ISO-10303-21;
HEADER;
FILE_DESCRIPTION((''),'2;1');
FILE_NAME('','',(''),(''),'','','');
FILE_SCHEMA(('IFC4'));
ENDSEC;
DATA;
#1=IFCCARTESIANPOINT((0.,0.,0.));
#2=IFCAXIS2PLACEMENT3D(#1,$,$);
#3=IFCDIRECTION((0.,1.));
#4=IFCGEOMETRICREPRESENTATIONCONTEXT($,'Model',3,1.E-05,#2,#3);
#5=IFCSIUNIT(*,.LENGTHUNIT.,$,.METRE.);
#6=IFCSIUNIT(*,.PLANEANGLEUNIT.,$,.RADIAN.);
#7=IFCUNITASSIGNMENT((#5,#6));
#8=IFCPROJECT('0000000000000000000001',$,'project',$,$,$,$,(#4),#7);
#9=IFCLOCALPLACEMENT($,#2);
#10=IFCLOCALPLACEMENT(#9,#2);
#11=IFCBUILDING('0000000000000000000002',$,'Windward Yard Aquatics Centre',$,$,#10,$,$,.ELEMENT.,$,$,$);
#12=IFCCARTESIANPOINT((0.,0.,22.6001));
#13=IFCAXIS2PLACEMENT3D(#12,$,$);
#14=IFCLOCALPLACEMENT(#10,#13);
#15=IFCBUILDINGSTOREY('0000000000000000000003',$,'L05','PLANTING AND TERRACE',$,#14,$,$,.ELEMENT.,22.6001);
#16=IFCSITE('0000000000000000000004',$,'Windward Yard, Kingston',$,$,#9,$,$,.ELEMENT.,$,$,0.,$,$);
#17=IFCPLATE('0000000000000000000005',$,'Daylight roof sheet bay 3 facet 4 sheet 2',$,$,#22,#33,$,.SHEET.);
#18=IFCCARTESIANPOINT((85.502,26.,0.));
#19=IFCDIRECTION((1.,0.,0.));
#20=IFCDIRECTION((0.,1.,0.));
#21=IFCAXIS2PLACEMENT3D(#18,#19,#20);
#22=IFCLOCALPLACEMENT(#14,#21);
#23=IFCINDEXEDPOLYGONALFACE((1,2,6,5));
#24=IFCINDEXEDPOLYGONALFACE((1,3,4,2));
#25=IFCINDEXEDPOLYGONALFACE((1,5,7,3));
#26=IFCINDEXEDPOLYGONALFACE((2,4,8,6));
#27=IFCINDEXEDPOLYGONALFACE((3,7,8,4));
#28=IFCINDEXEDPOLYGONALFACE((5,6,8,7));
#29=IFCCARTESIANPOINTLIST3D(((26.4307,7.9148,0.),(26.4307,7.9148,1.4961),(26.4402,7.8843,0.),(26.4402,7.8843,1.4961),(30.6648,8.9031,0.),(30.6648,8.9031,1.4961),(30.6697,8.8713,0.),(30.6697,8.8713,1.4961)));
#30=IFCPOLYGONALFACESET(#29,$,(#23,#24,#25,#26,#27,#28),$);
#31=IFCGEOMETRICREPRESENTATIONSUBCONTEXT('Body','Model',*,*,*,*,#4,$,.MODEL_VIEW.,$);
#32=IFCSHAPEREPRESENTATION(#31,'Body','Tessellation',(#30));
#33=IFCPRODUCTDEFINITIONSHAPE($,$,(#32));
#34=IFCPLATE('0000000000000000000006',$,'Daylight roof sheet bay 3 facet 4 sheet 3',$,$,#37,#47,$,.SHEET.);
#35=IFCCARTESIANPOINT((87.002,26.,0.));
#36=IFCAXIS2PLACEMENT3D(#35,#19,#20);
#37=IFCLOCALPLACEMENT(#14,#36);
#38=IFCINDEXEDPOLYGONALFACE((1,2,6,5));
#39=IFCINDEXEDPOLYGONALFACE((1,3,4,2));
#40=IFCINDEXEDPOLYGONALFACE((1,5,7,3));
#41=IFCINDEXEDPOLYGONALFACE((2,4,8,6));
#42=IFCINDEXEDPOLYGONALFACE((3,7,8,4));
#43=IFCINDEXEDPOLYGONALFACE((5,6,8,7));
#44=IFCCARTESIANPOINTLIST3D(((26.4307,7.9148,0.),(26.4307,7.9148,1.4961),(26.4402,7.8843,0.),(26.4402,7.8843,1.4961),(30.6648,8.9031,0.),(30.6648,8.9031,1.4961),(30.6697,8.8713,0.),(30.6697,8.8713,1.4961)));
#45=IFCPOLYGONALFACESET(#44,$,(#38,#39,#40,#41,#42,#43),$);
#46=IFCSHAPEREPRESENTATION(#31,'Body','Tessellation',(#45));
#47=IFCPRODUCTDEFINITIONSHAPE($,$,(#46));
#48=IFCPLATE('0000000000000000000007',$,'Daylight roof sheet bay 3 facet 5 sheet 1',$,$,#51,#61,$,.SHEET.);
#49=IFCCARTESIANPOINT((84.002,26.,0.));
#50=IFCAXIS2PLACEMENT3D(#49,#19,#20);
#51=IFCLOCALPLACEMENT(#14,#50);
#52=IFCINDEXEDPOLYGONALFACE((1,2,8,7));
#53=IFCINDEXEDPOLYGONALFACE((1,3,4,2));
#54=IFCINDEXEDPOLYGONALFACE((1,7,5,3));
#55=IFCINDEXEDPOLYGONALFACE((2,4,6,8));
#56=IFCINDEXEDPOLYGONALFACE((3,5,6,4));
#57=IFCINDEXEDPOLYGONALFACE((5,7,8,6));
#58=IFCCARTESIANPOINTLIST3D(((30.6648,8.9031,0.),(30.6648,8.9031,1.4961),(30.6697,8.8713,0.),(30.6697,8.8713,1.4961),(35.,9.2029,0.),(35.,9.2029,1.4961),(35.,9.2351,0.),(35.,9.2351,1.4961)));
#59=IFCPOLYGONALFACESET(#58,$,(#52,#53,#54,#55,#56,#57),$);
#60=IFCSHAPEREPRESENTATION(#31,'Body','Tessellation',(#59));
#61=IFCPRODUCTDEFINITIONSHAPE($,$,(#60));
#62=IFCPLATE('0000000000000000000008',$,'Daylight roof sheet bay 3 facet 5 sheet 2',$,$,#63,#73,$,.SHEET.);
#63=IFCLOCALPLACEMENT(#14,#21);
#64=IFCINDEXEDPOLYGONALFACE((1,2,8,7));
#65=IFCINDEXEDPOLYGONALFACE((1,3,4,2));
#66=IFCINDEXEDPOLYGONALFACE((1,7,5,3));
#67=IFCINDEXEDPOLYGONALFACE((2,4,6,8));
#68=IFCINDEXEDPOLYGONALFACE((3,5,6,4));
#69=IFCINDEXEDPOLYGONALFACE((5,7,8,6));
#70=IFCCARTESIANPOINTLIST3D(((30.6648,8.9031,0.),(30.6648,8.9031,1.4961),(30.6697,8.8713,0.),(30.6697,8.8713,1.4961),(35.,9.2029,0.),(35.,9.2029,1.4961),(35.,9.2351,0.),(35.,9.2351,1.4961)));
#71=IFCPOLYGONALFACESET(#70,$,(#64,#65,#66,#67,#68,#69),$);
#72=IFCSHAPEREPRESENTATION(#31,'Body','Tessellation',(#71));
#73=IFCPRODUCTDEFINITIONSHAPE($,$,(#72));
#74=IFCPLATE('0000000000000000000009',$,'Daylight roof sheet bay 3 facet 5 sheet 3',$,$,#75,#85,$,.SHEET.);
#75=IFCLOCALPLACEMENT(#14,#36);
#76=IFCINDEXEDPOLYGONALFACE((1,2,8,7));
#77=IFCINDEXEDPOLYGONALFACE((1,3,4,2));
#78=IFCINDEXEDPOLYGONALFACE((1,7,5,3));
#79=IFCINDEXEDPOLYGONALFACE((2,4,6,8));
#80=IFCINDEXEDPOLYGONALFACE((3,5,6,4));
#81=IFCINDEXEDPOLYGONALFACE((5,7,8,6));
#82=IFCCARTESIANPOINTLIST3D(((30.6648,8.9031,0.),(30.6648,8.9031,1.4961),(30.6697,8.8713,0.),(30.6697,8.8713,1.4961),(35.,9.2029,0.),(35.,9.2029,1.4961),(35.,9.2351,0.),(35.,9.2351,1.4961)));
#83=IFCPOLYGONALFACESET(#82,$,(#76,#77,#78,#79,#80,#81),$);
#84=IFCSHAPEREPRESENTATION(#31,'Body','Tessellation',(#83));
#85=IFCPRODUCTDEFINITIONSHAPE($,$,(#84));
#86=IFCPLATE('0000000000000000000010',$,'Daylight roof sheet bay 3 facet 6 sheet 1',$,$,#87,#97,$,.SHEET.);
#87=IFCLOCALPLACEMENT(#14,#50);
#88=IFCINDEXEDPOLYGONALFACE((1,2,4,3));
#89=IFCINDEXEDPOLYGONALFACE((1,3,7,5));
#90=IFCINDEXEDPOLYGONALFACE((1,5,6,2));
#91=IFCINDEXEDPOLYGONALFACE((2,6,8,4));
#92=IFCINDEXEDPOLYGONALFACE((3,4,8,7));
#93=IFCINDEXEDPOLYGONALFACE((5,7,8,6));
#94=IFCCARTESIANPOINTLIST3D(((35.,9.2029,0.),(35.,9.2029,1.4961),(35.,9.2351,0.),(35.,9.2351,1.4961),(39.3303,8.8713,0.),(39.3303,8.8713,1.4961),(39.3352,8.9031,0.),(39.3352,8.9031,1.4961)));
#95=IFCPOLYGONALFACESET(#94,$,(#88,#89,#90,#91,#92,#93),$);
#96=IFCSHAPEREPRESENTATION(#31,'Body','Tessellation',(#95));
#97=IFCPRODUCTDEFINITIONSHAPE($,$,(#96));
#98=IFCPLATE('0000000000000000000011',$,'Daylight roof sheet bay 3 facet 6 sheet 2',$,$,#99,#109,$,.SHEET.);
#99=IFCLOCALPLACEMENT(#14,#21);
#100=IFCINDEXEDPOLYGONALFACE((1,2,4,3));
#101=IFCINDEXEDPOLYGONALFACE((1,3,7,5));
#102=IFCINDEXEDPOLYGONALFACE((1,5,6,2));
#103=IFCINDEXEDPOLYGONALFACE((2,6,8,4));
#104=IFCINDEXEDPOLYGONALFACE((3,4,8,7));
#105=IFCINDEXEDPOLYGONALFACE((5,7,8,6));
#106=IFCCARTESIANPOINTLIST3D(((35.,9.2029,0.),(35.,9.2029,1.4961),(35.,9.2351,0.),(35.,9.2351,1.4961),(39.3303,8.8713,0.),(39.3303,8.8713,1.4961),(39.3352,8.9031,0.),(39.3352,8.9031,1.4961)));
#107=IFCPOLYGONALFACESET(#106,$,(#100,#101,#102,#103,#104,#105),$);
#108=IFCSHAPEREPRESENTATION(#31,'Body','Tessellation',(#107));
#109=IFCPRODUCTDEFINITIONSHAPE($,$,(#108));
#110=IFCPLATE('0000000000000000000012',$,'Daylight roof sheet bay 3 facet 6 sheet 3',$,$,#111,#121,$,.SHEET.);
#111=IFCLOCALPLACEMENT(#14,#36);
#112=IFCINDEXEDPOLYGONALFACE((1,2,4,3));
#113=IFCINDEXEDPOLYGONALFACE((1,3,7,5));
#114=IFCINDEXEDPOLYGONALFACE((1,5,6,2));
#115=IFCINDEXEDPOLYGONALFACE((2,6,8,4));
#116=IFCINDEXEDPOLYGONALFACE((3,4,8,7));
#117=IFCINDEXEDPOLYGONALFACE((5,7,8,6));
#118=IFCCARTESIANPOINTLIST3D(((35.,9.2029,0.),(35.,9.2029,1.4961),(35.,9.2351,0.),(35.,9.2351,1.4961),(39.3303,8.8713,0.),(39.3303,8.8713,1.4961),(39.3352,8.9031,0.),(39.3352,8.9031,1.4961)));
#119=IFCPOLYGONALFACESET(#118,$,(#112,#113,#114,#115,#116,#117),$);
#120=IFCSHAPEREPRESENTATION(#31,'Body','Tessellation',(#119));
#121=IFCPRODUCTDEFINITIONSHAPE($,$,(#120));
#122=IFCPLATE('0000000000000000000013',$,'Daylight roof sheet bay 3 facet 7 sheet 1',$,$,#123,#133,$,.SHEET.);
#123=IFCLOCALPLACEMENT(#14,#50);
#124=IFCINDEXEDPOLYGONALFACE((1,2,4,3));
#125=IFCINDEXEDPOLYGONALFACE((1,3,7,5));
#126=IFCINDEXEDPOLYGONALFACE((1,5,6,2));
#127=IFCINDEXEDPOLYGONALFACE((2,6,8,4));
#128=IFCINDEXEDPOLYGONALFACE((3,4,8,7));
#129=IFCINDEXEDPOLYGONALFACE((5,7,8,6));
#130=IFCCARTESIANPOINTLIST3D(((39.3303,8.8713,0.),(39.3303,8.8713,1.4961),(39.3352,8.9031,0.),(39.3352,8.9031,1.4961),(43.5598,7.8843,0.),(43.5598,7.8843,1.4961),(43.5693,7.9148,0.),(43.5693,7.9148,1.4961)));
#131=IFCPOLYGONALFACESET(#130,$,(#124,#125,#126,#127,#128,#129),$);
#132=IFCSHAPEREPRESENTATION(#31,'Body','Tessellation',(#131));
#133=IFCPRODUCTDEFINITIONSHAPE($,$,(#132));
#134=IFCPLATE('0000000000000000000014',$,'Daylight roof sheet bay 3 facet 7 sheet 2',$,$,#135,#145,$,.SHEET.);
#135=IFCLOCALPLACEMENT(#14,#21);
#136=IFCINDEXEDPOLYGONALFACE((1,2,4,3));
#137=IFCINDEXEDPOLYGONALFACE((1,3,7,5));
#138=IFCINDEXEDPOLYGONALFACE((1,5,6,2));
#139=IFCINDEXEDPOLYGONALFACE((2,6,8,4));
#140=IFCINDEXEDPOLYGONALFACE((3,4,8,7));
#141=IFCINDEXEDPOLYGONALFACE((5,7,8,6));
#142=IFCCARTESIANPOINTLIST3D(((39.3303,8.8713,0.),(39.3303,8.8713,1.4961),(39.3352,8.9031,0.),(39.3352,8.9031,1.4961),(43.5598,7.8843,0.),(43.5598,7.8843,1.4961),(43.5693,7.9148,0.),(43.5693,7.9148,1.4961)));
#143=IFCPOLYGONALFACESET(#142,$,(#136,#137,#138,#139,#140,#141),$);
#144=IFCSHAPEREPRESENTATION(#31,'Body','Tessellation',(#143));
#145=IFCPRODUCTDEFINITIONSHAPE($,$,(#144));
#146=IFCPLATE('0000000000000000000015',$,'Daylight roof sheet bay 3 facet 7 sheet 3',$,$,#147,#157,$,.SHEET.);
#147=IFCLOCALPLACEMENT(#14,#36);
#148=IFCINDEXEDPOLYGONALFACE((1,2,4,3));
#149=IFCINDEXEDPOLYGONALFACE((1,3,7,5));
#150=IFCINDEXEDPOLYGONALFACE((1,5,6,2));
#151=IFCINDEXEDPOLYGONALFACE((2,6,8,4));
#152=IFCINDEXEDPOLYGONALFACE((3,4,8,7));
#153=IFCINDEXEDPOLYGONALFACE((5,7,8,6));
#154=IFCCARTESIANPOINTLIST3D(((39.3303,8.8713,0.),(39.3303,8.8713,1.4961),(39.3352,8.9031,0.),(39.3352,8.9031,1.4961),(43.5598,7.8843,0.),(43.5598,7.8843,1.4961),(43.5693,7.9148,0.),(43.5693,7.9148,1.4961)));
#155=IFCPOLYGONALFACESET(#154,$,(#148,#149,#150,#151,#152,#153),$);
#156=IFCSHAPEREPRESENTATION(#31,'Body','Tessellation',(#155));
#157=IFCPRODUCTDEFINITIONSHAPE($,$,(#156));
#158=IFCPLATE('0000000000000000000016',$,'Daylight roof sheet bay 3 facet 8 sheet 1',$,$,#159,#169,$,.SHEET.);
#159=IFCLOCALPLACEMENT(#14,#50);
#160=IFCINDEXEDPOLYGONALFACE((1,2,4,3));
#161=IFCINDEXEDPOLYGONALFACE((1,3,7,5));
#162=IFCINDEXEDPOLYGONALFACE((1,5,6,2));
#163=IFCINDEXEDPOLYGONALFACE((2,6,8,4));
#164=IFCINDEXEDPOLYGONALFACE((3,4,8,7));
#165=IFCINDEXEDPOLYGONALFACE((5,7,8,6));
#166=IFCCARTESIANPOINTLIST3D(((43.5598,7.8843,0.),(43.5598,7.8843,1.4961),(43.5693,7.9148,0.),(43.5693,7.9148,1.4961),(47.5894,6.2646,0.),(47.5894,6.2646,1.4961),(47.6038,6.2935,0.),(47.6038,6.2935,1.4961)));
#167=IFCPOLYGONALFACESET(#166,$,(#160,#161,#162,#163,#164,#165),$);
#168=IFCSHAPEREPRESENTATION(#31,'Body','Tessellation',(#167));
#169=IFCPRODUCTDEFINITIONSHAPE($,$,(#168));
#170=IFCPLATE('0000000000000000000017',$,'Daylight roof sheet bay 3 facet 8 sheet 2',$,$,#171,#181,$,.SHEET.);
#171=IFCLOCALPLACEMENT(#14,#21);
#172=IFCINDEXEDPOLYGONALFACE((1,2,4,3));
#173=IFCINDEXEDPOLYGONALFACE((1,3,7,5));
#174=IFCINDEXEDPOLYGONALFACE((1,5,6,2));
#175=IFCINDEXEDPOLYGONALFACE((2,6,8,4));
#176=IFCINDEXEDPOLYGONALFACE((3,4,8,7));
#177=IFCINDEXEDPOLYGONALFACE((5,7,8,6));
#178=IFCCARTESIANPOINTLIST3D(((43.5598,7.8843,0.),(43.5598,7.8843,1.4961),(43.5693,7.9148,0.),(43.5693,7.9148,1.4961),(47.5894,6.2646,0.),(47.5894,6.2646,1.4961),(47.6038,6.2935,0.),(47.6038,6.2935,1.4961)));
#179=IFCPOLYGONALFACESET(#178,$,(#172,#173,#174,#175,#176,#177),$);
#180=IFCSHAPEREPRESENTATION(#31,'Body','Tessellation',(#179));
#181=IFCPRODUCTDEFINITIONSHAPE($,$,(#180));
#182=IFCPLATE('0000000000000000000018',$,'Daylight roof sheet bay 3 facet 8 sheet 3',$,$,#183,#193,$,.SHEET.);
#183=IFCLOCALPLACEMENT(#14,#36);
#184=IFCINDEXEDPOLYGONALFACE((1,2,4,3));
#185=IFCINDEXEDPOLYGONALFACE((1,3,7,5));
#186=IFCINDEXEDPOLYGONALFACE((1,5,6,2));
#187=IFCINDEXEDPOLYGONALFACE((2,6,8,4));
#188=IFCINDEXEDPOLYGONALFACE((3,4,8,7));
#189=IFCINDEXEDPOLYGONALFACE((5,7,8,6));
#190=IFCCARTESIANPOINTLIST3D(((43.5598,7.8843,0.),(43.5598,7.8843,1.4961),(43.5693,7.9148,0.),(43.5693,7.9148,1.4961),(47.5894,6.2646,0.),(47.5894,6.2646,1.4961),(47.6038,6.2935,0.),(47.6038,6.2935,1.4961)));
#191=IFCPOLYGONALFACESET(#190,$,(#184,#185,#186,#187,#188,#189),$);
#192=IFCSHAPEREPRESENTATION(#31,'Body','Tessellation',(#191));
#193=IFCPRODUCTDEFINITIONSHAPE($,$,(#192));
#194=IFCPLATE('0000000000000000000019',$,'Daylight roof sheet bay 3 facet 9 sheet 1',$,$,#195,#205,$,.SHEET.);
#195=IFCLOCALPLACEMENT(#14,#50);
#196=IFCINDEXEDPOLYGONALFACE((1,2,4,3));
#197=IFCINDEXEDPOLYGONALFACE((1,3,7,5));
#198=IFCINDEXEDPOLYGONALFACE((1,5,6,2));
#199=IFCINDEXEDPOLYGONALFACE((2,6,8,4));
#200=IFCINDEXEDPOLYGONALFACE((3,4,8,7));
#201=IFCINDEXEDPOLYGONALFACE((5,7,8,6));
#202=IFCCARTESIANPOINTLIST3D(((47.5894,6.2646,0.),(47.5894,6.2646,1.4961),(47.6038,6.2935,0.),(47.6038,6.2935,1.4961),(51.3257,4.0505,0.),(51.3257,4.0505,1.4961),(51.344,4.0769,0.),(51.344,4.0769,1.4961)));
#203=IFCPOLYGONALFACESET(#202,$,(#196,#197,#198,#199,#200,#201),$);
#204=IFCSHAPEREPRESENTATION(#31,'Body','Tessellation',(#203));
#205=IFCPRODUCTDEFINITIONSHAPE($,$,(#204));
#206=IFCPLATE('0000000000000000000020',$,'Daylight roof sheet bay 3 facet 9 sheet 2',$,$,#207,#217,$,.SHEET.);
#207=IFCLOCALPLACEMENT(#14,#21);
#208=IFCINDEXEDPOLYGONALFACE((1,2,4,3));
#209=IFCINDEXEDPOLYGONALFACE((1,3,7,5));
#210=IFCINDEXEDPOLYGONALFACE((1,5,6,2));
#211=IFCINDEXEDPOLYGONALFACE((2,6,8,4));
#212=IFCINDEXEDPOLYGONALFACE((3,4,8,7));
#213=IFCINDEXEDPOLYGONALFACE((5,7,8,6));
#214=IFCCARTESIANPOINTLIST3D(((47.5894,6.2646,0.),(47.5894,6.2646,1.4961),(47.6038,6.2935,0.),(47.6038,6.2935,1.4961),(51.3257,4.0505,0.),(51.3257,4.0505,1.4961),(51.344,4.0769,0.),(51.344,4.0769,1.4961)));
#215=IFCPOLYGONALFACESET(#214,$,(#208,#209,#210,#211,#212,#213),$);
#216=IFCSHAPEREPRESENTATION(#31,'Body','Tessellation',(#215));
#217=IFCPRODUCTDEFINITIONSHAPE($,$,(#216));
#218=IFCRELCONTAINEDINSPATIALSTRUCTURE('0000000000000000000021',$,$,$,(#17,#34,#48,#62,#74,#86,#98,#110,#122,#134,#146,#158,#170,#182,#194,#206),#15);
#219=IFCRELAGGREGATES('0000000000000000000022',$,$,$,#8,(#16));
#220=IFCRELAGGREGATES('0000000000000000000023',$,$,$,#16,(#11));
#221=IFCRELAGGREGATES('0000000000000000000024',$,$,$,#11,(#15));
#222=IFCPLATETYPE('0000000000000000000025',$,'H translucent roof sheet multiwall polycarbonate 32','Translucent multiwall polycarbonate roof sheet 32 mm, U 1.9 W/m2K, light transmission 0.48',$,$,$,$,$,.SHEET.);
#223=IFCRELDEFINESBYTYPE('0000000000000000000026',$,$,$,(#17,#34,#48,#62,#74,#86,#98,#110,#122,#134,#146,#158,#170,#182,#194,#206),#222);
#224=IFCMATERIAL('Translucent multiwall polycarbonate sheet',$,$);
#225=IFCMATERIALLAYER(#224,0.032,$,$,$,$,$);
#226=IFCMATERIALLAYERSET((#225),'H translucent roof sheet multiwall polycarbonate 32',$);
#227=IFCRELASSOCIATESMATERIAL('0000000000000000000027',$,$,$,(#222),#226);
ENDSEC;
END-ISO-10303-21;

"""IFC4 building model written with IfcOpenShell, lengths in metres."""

from ifc_helpers import new_model, si_unit, direction, frame, origin, place, context, subcontext, project, spatial, polyline, outline, extrude, material, layer, layer_set, type_object, element, save


model = new_model("IFC4")

# Units and contexts
model_context = context("Model", 3, precision=1e-05, world=origin(), true_north=direction((0.0, 1.0)))
body_context = subcontext(model_context, "Body", "Model", "MODEL_VIEW")
ifc_project = project(units=[si_unit("LENGTHUNIT", "METRE"), si_unit("PLANEANGLEUNIT", "RADIAN")], contexts=[model_context])

# Site, building, storey
site_placement = place(None, origin())
site = spatial("IfcSite", under=ifc_project, at=site_placement, Name="Windward Yard, Kingston", CompositionType="ELEMENT", RefElevation=0.0)
building_placement = place(site_placement, origin())
building = spatial("IfcBuilding", under=site, at=building_placement, Name="Windward Yard Aquatics Centre", CompositionType="ELEMENT")
storey_placement = place(building_placement, frame((0.0, 0.0, 22.6001)))
storey = spatial("IfcBuildingStorey", under=building, at=storey_placement, Name="L05", Description="PLANTING AND TERRACE", CompositionType="ELEMENT", Elevation=22.6001)

# Plates
ifc_material_1 = material(Name="Translucent multiwall polycarbonate sheet")
ifc_layer_1 = layer(ifc_material_1, 0.032)
ifc_layer_set_1 = layer_set([ifc_layer_1], Name="H translucent roof sheet multiwall polycarbonate 32")
plate_type = type_object("IfcPlateType", Name="H translucent roof sheet multiwall polycarbonate 32", Description="Translucent multiwall polycarbonate roof sheet 32 mm, U 1.9 W/m2K, light transmission 0.48", PredefinedType="SHEET", material=ifc_layer_set_1)
for number, where, z_axis, x_axis, name in (
    (1, (85.502, 26.0, 0.0), (1.0, 0.0, 0.0), (0.0, 1.0, 0.0), "Daylight roof sheet bay 3 facet 4 sheet 2"),
    (2, (87.002, 26.0, 0.0), (1.0, 0.0, 0.0), (0.0, 1.0, 0.0), "Daylight roof sheet bay 3 facet 4 sheet 3"),
):
    element("IfcPlate", number, at=place(storey_placement, frame(where, z_axis=z_axis, x_axis=x_axis)), inside=storey, type_object=plate_type, Name=name, PredefinedType="SHEET", context=body_context, shape_type="SweptSolid", body=[
        extrude(outline(polyline([(26.4402, 7.8843), (30.6697, 8.8713), (30.6648, 8.9031), (26.4307, 7.9148), (26.4402, 7.8843)])), origin(), (0.0, 0.0, 1.0), 1.4961),
    ])
for number, where, z_axis, x_axis, name in (
    (3, (84.002, 26.0, 0.0), (1.0, 0.0, 0.0), (0.0, 1.0, 0.0), "Daylight roof sheet bay 3 facet 5 sheet 1"),
    (4, (85.502, 26.0, 0.0), (1.0, 0.0, 0.0), (0.0, 1.0, 0.0), "Daylight roof sheet bay 3 facet 5 sheet 2"),
    (5, (87.002, 26.0, 0.0), (1.0, 0.0, 0.0), (0.0, 1.0, 0.0), "Daylight roof sheet bay 3 facet 5 sheet 3"),
):
    element("IfcPlate", number, at=place(storey_placement, frame(where, z_axis=z_axis, x_axis=x_axis)), inside=storey, type_object=plate_type, Name=name, PredefinedType="SHEET", context=body_context, shape_type="SweptSolid", body=[
        extrude(outline(polyline([(30.6697, 8.8713), (35.0, 9.2029), (35.0, 9.2351), (30.6648, 8.9031), (30.6697, 8.8713)])), origin(), (0.0, 0.0, 1.0), 1.4961),
    ])
for number, where, z_axis, x_axis, name in (
    (6, (84.002, 26.0, 0.0), (1.0, 0.0, 0.0), (0.0, 1.0, 0.0), "Daylight roof sheet bay 3 facet 6 sheet 1"),
    (7, (85.502, 26.0, 0.0), (1.0, 0.0, 0.0), (0.0, 1.0, 0.0), "Daylight roof sheet bay 3 facet 6 sheet 2"),
    (8, (87.002, 26.0, 0.0), (1.0, 0.0, 0.0), (0.0, 1.0, 0.0), "Daylight roof sheet bay 3 facet 6 sheet 3"),
):
    element("IfcPlate", number, at=place(storey_placement, frame(where, z_axis=z_axis, x_axis=x_axis)), inside=storey, type_object=plate_type, Name=name, PredefinedType="SHEET", context=body_context, shape_type="SweptSolid", body=[
        extrude(outline(polyline([(35.0, 9.2029), (39.3303, 8.8713), (39.3352, 8.9031), (35.0, 9.2351), (35.0, 9.2029)])), origin(), (0.0, 0.0, 1.0), 1.4961),
    ])
for number, where, z_axis, x_axis, name in (
    (9, (84.002, 26.0, 0.0), (1.0, 0.0, 0.0), (0.0, 1.0, 0.0), "Daylight roof sheet bay 3 facet 7 sheet 1"),
    (10, (85.502, 26.0, 0.0), (1.0, 0.0, 0.0), (0.0, 1.0, 0.0), "Daylight roof sheet bay 3 facet 7 sheet 2"),
    (11, (87.002, 26.0, 0.0), (1.0, 0.0, 0.0), (0.0, 1.0, 0.0), "Daylight roof sheet bay 3 facet 7 sheet 3"),
):
    element("IfcPlate", number, at=place(storey_placement, frame(where, z_axis=z_axis, x_axis=x_axis)), inside=storey, type_object=plate_type, Name=name, PredefinedType="SHEET", context=body_context, shape_type="SweptSolid", body=[
        extrude(outline(polyline([(39.3303, 8.8713), (43.5598, 7.8843), (43.5693, 7.9148), (39.3352, 8.9031), (39.3303, 8.8713)])), origin(), (0.0, 0.0, 1.0), 1.4961),
    ])
for number, where, z_axis, x_axis, name in (
    (12, (84.002, 26.0, 0.0), (1.0, 0.0, 0.0), (0.0, 1.0, 0.0), "Daylight roof sheet bay 3 facet 8 sheet 1"),
    (13, (85.502, 26.0, 0.0), (1.0, 0.0, 0.0), (0.0, 1.0, 0.0), "Daylight roof sheet bay 3 facet 8 sheet 2"),
    (14, (87.002, 26.0, 0.0), (1.0, 0.0, 0.0), (0.0, 1.0, 0.0), "Daylight roof sheet bay 3 facet 8 sheet 3"),
):
    element("IfcPlate", number, at=place(storey_placement, frame(where, z_axis=z_axis, x_axis=x_axis)), inside=storey, type_object=plate_type, Name=name, PredefinedType="SHEET", context=body_context, shape_type="SweptSolid", body=[
        extrude(outline(polyline([(43.5598, 7.8843), (47.5894, 6.2646), (47.6038, 6.2935), (43.5693, 7.9148), (43.5598, 7.8843)])), origin(), (0.0, 0.0, 1.0), 1.4961),
    ])
for number, where, z_axis, x_axis, name in (
    (15, (84.002, 26.0, 0.0), (1.0, 0.0, 0.0), (0.0, 1.0, 0.0), "Daylight roof sheet bay 3 facet 9 sheet 1"),
    (16, (85.502, 26.0, 0.0), (1.0, 0.0, 0.0), (0.0, 1.0, 0.0), "Daylight roof sheet bay 3 facet 9 sheet 2"),
):
    element("IfcPlate", number, at=place(storey_placement, frame(where, z_axis=z_axis, x_axis=x_axis)), inside=storey, type_object=plate_type, Name=name, PredefinedType="SHEET", context=body_context, shape_type="SweptSolid", body=[
        extrude(outline(polyline([(47.5894, 6.2646), (51.3257, 4.0505), (51.344, 4.0769), (47.6038, 6.2935), (47.5894, 6.2646)])), origin(), (0.0, 0.0, 1.0), 1.4961),
    ])

save(model, "model.ifc")
